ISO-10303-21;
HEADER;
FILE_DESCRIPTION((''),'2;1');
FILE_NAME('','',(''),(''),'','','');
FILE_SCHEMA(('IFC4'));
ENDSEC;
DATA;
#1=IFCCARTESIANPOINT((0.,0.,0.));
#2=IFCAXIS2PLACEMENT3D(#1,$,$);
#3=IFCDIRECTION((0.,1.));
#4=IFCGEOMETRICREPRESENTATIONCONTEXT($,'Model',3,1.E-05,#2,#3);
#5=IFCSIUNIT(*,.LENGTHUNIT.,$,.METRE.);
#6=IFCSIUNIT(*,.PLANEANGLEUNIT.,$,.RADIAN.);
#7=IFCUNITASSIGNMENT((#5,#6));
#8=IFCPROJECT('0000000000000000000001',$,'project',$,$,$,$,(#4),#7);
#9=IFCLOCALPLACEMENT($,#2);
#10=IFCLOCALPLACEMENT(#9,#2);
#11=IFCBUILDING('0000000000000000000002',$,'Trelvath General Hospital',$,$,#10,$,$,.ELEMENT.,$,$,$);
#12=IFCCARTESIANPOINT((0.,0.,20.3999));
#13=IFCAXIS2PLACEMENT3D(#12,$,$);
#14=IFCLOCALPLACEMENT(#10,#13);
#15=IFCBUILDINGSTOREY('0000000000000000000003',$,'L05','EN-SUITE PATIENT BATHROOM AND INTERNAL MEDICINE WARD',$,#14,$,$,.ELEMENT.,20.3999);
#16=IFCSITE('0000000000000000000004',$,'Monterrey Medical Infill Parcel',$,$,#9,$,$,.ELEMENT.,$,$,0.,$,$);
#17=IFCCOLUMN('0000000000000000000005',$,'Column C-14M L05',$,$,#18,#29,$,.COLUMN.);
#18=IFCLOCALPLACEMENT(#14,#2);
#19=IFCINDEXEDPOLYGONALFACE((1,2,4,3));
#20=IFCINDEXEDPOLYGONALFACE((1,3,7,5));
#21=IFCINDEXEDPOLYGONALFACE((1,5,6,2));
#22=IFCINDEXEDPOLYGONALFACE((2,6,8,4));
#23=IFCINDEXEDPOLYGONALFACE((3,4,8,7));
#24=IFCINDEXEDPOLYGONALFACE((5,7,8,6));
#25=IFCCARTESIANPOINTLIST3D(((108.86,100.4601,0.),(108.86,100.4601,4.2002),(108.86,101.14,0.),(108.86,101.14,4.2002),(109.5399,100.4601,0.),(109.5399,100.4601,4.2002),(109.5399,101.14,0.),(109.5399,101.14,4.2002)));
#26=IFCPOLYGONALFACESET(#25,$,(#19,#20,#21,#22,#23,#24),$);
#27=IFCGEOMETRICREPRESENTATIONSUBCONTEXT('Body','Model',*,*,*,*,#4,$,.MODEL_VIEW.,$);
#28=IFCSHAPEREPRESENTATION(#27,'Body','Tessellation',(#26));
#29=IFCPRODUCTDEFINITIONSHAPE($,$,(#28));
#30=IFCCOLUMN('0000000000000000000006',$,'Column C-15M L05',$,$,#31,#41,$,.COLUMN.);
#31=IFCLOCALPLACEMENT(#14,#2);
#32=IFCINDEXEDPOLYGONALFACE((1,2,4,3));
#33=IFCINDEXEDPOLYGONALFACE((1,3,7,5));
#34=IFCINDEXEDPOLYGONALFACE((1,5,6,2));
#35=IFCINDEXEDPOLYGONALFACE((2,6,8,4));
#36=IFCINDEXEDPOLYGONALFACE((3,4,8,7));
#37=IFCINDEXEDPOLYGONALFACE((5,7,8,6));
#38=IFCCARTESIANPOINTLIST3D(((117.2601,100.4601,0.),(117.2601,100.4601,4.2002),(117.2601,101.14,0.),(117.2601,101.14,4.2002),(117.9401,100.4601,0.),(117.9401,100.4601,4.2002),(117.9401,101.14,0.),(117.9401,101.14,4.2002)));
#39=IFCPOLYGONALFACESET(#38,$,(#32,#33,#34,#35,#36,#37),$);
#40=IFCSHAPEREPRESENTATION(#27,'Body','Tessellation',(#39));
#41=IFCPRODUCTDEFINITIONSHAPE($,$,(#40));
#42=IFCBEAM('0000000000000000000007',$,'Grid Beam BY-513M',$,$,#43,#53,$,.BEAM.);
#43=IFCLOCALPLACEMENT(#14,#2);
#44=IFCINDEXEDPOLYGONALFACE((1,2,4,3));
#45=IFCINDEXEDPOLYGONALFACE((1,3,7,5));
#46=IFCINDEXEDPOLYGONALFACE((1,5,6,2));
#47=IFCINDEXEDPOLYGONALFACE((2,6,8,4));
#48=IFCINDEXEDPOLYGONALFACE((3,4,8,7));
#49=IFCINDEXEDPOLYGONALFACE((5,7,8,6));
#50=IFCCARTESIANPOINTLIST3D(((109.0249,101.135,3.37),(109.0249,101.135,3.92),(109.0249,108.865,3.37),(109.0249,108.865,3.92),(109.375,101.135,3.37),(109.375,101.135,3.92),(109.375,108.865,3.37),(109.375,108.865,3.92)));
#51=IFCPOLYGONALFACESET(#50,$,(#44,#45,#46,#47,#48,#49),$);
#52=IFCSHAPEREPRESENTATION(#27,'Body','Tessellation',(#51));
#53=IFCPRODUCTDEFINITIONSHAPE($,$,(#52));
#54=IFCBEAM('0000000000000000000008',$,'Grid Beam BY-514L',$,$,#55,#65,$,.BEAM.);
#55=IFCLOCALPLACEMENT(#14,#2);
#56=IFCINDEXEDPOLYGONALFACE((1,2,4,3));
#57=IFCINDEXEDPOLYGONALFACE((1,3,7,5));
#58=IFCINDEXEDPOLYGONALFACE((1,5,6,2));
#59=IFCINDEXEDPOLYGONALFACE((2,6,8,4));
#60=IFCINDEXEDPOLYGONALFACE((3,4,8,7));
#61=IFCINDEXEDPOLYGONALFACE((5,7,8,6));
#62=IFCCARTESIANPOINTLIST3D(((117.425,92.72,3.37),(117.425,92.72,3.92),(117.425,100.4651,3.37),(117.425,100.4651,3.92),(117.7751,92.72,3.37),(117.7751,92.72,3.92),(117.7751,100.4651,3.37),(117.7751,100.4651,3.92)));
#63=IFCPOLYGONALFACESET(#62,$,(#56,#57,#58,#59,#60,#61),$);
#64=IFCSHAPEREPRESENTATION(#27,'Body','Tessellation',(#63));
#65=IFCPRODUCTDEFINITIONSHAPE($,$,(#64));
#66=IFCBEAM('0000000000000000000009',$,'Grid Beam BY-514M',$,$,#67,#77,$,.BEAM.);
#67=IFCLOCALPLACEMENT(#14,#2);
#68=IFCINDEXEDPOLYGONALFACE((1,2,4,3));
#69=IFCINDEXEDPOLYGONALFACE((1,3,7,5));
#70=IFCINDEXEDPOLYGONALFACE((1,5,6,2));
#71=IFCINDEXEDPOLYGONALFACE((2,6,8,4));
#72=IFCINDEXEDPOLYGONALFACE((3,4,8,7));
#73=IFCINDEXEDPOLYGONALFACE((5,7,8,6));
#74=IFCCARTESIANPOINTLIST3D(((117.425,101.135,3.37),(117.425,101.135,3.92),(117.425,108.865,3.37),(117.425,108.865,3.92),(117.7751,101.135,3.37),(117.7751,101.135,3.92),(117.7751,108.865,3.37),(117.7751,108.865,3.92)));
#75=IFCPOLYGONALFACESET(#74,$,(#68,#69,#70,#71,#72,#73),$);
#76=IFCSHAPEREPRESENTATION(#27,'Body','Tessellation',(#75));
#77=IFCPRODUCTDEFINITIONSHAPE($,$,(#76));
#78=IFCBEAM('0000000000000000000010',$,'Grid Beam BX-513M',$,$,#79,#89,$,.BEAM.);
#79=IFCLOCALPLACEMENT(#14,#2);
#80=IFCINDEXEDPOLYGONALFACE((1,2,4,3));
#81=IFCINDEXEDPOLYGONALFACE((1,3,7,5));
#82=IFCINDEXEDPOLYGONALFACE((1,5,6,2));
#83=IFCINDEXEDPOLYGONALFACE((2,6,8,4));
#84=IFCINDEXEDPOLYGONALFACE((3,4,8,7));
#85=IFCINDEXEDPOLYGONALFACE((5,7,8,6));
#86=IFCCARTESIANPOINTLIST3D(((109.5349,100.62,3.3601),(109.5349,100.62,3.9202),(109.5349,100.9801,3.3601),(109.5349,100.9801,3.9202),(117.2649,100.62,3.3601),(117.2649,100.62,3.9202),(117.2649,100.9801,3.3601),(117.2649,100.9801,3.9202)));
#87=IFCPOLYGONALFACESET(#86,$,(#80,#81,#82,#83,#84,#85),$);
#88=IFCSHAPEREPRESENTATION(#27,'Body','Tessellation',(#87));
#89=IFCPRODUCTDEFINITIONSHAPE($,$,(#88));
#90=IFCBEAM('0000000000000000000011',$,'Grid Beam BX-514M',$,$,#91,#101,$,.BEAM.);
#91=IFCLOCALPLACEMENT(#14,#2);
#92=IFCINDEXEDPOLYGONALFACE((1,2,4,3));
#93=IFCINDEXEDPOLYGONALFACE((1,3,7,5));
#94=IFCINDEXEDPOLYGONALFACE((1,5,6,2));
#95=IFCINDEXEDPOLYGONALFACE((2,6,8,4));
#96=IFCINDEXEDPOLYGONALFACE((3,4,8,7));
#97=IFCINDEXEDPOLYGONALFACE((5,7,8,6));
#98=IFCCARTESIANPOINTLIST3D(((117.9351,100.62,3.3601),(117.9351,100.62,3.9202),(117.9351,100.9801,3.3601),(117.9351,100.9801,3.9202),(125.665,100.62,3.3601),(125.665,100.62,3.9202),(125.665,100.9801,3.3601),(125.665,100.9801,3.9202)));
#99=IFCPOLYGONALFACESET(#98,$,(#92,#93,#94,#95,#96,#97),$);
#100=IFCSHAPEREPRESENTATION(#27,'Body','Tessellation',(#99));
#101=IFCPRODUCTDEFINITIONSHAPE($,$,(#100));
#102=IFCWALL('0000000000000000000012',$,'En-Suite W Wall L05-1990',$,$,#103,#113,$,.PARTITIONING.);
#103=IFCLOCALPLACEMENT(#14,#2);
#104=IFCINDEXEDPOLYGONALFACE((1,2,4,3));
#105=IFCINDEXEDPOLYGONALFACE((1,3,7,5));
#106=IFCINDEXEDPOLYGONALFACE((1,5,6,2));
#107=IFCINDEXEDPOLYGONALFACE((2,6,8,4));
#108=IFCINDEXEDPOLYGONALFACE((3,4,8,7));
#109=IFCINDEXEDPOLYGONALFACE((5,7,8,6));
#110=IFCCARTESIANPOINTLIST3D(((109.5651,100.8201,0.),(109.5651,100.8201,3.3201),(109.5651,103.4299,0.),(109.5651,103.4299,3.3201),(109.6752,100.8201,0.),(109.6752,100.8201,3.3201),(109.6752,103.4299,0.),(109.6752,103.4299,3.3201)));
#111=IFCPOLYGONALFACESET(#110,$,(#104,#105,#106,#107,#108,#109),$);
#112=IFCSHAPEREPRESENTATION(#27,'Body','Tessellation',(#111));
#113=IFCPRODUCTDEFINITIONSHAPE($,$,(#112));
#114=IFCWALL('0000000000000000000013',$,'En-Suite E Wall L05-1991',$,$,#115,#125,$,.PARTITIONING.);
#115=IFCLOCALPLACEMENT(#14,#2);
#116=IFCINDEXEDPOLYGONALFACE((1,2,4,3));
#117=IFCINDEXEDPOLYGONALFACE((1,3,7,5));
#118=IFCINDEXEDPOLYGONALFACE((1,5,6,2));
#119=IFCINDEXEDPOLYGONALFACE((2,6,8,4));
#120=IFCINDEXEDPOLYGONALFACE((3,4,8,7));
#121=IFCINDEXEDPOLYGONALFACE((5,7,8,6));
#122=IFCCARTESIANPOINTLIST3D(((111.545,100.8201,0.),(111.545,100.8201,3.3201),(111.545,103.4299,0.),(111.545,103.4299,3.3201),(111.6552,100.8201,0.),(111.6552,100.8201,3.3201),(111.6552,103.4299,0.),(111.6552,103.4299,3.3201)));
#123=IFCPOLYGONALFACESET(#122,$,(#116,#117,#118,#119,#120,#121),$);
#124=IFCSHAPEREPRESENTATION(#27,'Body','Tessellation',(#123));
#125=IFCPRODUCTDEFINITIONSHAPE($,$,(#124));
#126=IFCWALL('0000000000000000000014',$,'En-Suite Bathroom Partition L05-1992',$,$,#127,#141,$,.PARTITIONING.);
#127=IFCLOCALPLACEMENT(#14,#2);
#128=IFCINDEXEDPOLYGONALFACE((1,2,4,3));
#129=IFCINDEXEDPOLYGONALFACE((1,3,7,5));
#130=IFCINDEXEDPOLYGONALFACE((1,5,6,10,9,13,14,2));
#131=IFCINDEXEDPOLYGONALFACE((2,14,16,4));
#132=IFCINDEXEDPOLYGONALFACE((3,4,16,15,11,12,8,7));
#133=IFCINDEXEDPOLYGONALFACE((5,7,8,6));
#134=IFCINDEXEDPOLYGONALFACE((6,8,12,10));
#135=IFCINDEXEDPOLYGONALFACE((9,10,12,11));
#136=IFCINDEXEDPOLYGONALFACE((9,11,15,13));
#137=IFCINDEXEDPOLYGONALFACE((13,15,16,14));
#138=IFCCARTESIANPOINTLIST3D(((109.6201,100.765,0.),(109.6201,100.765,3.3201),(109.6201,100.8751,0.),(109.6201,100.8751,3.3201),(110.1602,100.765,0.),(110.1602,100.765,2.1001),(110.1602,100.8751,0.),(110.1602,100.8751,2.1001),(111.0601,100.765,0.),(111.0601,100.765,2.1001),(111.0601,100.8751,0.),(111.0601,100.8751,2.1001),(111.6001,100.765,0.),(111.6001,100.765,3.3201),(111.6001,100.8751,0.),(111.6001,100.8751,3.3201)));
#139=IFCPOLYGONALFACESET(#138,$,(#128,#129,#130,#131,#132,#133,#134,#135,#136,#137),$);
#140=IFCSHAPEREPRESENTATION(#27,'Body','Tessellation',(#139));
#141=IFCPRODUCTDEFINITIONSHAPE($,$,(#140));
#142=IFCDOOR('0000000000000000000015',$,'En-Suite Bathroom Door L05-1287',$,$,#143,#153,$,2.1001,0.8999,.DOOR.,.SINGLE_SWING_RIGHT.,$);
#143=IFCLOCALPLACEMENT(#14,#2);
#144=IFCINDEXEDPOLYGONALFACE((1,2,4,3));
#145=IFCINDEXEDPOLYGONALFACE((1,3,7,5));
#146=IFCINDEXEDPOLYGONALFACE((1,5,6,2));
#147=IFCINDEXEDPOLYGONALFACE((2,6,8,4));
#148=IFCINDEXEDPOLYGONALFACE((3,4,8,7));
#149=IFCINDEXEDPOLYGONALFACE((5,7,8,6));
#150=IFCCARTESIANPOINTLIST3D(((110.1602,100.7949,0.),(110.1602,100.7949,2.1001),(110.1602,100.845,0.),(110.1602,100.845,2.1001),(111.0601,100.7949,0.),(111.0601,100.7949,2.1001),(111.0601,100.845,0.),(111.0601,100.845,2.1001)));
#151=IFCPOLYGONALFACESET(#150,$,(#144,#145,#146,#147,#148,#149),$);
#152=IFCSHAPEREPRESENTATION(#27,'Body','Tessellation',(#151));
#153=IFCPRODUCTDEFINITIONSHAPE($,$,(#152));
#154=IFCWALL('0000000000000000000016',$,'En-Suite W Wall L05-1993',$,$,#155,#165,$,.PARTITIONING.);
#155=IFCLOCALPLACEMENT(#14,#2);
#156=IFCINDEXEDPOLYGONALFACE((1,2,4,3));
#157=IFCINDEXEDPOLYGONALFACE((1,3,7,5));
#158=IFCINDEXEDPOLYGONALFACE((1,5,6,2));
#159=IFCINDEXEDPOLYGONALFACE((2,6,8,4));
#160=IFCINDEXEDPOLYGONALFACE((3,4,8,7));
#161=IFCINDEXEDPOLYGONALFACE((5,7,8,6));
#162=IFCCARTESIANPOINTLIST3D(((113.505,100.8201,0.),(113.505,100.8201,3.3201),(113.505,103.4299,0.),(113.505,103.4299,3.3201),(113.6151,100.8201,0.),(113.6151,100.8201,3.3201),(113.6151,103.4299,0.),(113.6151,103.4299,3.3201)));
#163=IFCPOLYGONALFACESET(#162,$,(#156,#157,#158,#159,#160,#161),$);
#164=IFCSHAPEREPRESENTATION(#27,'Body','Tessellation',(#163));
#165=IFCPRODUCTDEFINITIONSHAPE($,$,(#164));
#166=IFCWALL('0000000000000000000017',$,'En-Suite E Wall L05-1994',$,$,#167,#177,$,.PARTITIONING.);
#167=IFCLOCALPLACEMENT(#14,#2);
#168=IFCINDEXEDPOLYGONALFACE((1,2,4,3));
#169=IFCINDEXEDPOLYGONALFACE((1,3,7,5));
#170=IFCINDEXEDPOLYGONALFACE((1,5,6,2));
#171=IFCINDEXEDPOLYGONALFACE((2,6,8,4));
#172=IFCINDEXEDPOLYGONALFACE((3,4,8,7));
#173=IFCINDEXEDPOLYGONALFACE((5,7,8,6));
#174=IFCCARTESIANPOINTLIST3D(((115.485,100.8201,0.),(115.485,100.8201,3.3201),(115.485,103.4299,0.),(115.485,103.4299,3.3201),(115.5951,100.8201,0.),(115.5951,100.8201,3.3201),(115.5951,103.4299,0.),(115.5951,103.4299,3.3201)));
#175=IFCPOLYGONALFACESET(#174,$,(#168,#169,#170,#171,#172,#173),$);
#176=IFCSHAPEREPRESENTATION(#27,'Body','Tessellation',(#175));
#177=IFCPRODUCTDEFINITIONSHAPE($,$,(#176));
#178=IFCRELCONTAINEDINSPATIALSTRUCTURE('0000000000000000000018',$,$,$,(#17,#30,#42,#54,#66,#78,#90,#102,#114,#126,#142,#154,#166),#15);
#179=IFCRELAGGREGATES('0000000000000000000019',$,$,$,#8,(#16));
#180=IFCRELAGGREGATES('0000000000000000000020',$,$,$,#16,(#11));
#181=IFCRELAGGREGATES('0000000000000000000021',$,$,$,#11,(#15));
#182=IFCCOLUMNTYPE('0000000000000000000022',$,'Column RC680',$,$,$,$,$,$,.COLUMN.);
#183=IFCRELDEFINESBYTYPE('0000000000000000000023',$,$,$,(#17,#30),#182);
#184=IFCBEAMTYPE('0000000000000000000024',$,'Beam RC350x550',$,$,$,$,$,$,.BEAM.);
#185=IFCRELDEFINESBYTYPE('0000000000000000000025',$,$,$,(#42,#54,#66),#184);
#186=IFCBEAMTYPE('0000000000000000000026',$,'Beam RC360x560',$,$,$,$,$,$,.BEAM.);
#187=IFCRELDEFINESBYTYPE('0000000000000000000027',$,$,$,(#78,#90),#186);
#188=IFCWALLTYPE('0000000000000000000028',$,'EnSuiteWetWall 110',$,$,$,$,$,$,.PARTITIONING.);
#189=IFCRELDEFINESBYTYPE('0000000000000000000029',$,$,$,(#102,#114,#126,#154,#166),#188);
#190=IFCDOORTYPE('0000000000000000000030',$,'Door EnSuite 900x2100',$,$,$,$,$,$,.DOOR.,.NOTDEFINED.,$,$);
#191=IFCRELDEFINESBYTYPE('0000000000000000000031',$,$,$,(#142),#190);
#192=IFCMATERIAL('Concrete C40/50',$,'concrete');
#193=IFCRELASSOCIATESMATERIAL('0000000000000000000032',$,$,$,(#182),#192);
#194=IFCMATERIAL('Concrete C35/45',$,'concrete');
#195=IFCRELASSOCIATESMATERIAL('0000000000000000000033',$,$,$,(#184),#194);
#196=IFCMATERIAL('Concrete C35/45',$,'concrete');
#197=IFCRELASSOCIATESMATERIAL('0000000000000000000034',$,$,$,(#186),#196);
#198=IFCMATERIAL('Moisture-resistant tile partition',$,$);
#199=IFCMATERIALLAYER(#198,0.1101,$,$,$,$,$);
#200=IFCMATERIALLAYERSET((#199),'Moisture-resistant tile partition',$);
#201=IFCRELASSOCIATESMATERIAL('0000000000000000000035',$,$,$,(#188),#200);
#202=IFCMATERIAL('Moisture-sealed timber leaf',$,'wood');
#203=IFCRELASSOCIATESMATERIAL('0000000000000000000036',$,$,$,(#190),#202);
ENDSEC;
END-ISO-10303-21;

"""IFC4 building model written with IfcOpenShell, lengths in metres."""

from ifc_helpers import new_model, si_unit, direction, frame, frame_2d, origin, origin_2d, place, context, subcontext, project, spatial, rectangle, extrude, material, layer, layer_set, material_profile, profile_set, type_object, element, fill, save


model = new_model("IFC4")

# Units and contexts
model_context = context("Model", 3, precision=1e-05, world=origin(), true_north=direction((0.0, 1.0)))
body_context = subcontext(model_context, "Body", "Model", "MODEL_VIEW")
ifc_project = project(units=[si_unit("LENGTHUNIT", "METRE"), si_unit("PLANEANGLEUNIT", "RADIAN")], contexts=[model_context])

# Site, building, storey
site_placement = place(None, origin())
site = spatial("IfcSite", under=ifc_project, at=site_placement, Name="Monterrey Medical Infill Parcel", CompositionType="ELEMENT", RefElevation=0.0)
building_placement = place(site_placement, origin())
building = spatial("IfcBuilding", under=site, at=building_placement, Name="Trelvath General Hospital", CompositionType="ELEMENT")
storey_placement = place(building_placement, frame((0.0, 0.0, 20.3999)))
storey = spatial("IfcBuildingStorey", under=building, at=storey_placement, Name="L05", Description="EN-SUITE PATIENT BATHROOM AND INTERNAL MEDICINE WARD", CompositionType="ELEMENT", Elevation=20.3999)

# Columns
ifc_material_1 = material(Name="Concrete C40/50", Category="concrete")
ifc_material_profile_1 = material_profile(ifc_material_1, rectangle(XDim=0.6799, YDim=0.6799, at=origin_2d()), Name="RC680x680")
ifc_profile_set_1 = profile_set([ifc_material_profile_1], Name="Concrete C40/50")
column_type = type_object("IfcColumnType", Name="Column RC680", PredefinedType="COLUMN", material=ifc_profile_set_1)
for number, where, z_axis, x_axis, name in (
    (1, (109.2, 100.8, 0.0), (0.0, 0.0, 1.0), (1.0, 0.0, 0.0), "Column C-14M L05"),
    (2, (117.6001, 100.8, 0.0), (0.0, 0.0, 1.0), (1.0, 0.0, 0.0), "Column C-15M L05"),
):
    element("IfcColumn", number, at=place(storey_placement, frame(where, z_axis=z_axis, x_axis=x_axis)), inside=storey, type_object=column_type, Name=name, PredefinedType="COLUMN", context=body_context, shape_type="SweptSolid", body=[
        extrude(rectangle(XDim=0.6799, YDim=0.6799, at=origin_2d()), origin(), (0.0, 0.0, 1.0), 4.2002),
    ])

# Beams
ifc_material_2 = material(Name="Concrete C35/45", Category="concrete")
ifc_material_profile_2 = material_profile(ifc_material_2, rectangle(XDim=0.3501, YDim=0.55, at=origin_2d()), Name="RCB350x550")
ifc_profile_set_2 = profile_set([ifc_material_profile_2], Name="Concrete C35/45")
beam_type_1 = type_object("IfcBeamType", Name="Beam RC350x550", PredefinedType="BEAM", material=ifc_profile_set_2)
beam_1_placement = place(storey_placement, frame((109.2, 101.135, 3.645), z_axis=(0.0, 1.0, 0.0), x_axis=(-1.0, 0.0, 0.0)))
element("IfcBeam", 3, at=beam_1_placement, inside=storey, type_object=beam_type_1, Name="Grid Beam BY-513M", PredefinedType="BEAM", context=body_context, shape_type="SweptSolid", body=[
    extrude(rectangle(XDim=0.3501, YDim=0.55, at=origin_2d()), origin(), (0.0, 0.0, 1.0), 7.73),
])
beam_2_placement = place(storey_placement, frame((117.6001, 92.72, 3.645), z_axis=(0.0, 1.0, 0.0), x_axis=(-1.0, 0.0, 0.0)))
element("IfcBeam", 4, at=beam_2_placement, inside=storey, type_object=beam_type_1, Name="Grid Beam BY-514L", PredefinedType="BEAM", context=body_context, shape_type="SweptSolid", body=[
    extrude(rectangle(XDim=0.3501, YDim=0.55, at=origin_2d()), origin(), (0.0, 0.0, 1.0), 7.7451),
])
beam_3_placement = place(storey_placement, frame((117.6001, 101.135, 3.645), z_axis=(0.0, 1.0, 0.0), x_axis=(-1.0, 0.0, 0.0)))
element("IfcBeam", 5, at=beam_3_placement, inside=storey, type_object=beam_type_1, Name="Grid Beam BY-514M", PredefinedType="BEAM", context=body_context, shape_type="SweptSolid", body=[
    extrude(rectangle(XDim=0.3501, YDim=0.55, at=origin_2d()), origin(), (0.0, 0.0, 1.0), 7.73),
])
ifc_material_3 = material(Name="Concrete C35/45", Category="concrete")
ifc_material_profile_3 = material_profile(ifc_material_3, rectangle(XDim=0.3601, YDim=0.5601, at=origin_2d()), Name="RCB360x560")
ifc_profile_set_3 = profile_set([ifc_material_profile_3], Name="Concrete C35/45")
beam_type_2 = type_object("IfcBeamType", Name="Beam RC360x560", PredefinedType="BEAM", material=ifc_profile_set_3)
for number, where, z_axis, x_axis, name in (
    (6, (109.5349, 100.8, 3.6401), (1.0, 0.0, 0.0), (0.0, 1.0, 0.0), "Grid Beam BX-513M"),
    (7, (117.9351, 100.8, 3.6401), (1.0, 0.0, 0.0), (0.0, 1.0, 0.0), "Grid Beam BX-514M"),
):
    element("IfcBeam", number, at=place(storey_placement, frame(where, z_axis=z_axis, x_axis=x_axis)), inside=storey, type_object=beam_type_2, Name=name, PredefinedType="BEAM", context=body_context, shape_type="SweptSolid", body=[
        extrude(rectangle(XDim=0.3601, YDim=0.5601, at=origin_2d()), origin(), (0.0, 0.0, 1.0), 7.73),
    ])

# Walls
ifc_material_4 = material(Name="Moisture-resistant tile partition")
ifc_layer = layer(ifc_material_4, 0.1101)
ifc_layer_set = layer_set([ifc_layer], Name="Moisture-resistant tile partition")
wall_type = type_object("IfcWallType", Name="EnSuiteWetWall 110", PredefinedType="PARTITIONING", material=ifc_layer_set)
for number, where, z_axis, x_axis, name in (
    (8, (109.6201, 100.8201, 0.0), (0.0, 0.0, 1.0), (0.0, 1.0, 0.0), "En-Suite W Wall L05-1990"),
    (9, (111.6001, 100.8201, 0.0), (0.0, 0.0, 1.0), (0.0, 1.0, 0.0), "En-Suite E Wall L05-1991"),
):
    element("IfcWall", number, at=place(storey_placement, frame(where, z_axis=z_axis, x_axis=x_axis)), inside=storey, type_object=wall_type, Name=name, PredefinedType="PARTITIONING", context=body_context, shape_type="SweptSolid", body=[
        extrude(rectangle(XDim=2.6099, YDim=0.1101, at=frame_2d((1.3049, 0.0))), origin(), (0.0, 0.0, 1.0), 3.3201),
    ])

# Wall, opening, door
wall_1_placement = place(storey_placement, frame((109.6201, 100.8201, 0.0), z_axis=(0.0, 0.0, 1.0), x_axis=(1.0, 0.0, 0.0)))
wall_1 = element("IfcWall", 10, at=wall_1_placement, inside=storey, type_object=wall_type, Name="En-Suite Bathroom Partition L05-1992", PredefinedType="PARTITIONING", context=body_context, shape_type="SweptSolid", body=[
    extrude(rectangle(XDim=1.98, YDim=0.1101, at=frame_2d((0.99, 0.0))), origin(), (0.0, 0.0, 1.0), 3.3201),
])
opening_1_placement = place(wall_1_placement, frame((0.54, 0.0, 0.0)))
opening_1 = element("IfcOpeningElement", 11, at=opening_1_placement, cuts=wall_1, PredefinedType="OPENING", context=body_context, shape_type="SweptSolid", body=[
    extrude(rectangle(XDim=0.8999, YDim=2.1001, at=frame_2d((0.45, 1.05))), frame((0.0, 0.0649, 0.0), z_axis=(0.0, -1.0, 0.0), x_axis=(1.0, 0.0, 0.0)), (0.0, 0.0, 1.0), 0.1301),
])
ifc_material_5 = material(Name="Moisture-sealed timber leaf", Category="wood")
door_type = type_object("IfcDoorType", Name="Door EnSuite 900x2100", OperationType="NOTDEFINED", PredefinedType="DOOR", material=ifc_material_5)
door_1_placement = place(opening_1_placement, origin())
door_1 = element("IfcDoor", 12, at=door_1_placement, inside=storey, type_object=door_type, Name="En-Suite Bathroom Door L05-1287", OperationType="SINGLE_SWING_RIGHT", OverallHeight=2.1001, OverallWidth=0.8999, PredefinedType="DOOR", context=body_context, shape_type="SweptSolid", body=[
    extrude(rectangle(XDim=0.8999, YDim=2.1001, at=frame_2d((0.45, 1.05))), frame((0.0, 0.0249, 0.0), z_axis=(0.0, -1.0, 0.0), x_axis=(1.0, 0.0, 0.0)), (0.0, 0.0, 1.0), 0.05),
])
fill(opening_1, door_1)

# Walls
for number, where, z_axis, x_axis, name in (
    (13, (113.5601, 100.8201, 0.0), (0.0, 0.0, 1.0), (0.0, 1.0, 0.0), "En-Suite W Wall L05-1993"),
    (14, (115.54, 100.8201, 0.0), (0.0, 0.0, 1.0), (0.0, 1.0, 0.0), "En-Suite E Wall L05-1994"),
):
    element("IfcWall", number, at=place(storey_placement, frame(where, z_axis=z_axis, x_axis=x_axis)), inside=storey, type_object=wall_type, Name=name, PredefinedType="PARTITIONING", context=body_context, shape_type="SweptSolid", body=[
        extrude(rectangle(XDim=2.6099, YDim=0.1101, at=frame_2d((1.3049, 0.0))), origin(), (0.0, 0.0, 1.0), 3.3201),
    ])

save(model, "model.ifc")
